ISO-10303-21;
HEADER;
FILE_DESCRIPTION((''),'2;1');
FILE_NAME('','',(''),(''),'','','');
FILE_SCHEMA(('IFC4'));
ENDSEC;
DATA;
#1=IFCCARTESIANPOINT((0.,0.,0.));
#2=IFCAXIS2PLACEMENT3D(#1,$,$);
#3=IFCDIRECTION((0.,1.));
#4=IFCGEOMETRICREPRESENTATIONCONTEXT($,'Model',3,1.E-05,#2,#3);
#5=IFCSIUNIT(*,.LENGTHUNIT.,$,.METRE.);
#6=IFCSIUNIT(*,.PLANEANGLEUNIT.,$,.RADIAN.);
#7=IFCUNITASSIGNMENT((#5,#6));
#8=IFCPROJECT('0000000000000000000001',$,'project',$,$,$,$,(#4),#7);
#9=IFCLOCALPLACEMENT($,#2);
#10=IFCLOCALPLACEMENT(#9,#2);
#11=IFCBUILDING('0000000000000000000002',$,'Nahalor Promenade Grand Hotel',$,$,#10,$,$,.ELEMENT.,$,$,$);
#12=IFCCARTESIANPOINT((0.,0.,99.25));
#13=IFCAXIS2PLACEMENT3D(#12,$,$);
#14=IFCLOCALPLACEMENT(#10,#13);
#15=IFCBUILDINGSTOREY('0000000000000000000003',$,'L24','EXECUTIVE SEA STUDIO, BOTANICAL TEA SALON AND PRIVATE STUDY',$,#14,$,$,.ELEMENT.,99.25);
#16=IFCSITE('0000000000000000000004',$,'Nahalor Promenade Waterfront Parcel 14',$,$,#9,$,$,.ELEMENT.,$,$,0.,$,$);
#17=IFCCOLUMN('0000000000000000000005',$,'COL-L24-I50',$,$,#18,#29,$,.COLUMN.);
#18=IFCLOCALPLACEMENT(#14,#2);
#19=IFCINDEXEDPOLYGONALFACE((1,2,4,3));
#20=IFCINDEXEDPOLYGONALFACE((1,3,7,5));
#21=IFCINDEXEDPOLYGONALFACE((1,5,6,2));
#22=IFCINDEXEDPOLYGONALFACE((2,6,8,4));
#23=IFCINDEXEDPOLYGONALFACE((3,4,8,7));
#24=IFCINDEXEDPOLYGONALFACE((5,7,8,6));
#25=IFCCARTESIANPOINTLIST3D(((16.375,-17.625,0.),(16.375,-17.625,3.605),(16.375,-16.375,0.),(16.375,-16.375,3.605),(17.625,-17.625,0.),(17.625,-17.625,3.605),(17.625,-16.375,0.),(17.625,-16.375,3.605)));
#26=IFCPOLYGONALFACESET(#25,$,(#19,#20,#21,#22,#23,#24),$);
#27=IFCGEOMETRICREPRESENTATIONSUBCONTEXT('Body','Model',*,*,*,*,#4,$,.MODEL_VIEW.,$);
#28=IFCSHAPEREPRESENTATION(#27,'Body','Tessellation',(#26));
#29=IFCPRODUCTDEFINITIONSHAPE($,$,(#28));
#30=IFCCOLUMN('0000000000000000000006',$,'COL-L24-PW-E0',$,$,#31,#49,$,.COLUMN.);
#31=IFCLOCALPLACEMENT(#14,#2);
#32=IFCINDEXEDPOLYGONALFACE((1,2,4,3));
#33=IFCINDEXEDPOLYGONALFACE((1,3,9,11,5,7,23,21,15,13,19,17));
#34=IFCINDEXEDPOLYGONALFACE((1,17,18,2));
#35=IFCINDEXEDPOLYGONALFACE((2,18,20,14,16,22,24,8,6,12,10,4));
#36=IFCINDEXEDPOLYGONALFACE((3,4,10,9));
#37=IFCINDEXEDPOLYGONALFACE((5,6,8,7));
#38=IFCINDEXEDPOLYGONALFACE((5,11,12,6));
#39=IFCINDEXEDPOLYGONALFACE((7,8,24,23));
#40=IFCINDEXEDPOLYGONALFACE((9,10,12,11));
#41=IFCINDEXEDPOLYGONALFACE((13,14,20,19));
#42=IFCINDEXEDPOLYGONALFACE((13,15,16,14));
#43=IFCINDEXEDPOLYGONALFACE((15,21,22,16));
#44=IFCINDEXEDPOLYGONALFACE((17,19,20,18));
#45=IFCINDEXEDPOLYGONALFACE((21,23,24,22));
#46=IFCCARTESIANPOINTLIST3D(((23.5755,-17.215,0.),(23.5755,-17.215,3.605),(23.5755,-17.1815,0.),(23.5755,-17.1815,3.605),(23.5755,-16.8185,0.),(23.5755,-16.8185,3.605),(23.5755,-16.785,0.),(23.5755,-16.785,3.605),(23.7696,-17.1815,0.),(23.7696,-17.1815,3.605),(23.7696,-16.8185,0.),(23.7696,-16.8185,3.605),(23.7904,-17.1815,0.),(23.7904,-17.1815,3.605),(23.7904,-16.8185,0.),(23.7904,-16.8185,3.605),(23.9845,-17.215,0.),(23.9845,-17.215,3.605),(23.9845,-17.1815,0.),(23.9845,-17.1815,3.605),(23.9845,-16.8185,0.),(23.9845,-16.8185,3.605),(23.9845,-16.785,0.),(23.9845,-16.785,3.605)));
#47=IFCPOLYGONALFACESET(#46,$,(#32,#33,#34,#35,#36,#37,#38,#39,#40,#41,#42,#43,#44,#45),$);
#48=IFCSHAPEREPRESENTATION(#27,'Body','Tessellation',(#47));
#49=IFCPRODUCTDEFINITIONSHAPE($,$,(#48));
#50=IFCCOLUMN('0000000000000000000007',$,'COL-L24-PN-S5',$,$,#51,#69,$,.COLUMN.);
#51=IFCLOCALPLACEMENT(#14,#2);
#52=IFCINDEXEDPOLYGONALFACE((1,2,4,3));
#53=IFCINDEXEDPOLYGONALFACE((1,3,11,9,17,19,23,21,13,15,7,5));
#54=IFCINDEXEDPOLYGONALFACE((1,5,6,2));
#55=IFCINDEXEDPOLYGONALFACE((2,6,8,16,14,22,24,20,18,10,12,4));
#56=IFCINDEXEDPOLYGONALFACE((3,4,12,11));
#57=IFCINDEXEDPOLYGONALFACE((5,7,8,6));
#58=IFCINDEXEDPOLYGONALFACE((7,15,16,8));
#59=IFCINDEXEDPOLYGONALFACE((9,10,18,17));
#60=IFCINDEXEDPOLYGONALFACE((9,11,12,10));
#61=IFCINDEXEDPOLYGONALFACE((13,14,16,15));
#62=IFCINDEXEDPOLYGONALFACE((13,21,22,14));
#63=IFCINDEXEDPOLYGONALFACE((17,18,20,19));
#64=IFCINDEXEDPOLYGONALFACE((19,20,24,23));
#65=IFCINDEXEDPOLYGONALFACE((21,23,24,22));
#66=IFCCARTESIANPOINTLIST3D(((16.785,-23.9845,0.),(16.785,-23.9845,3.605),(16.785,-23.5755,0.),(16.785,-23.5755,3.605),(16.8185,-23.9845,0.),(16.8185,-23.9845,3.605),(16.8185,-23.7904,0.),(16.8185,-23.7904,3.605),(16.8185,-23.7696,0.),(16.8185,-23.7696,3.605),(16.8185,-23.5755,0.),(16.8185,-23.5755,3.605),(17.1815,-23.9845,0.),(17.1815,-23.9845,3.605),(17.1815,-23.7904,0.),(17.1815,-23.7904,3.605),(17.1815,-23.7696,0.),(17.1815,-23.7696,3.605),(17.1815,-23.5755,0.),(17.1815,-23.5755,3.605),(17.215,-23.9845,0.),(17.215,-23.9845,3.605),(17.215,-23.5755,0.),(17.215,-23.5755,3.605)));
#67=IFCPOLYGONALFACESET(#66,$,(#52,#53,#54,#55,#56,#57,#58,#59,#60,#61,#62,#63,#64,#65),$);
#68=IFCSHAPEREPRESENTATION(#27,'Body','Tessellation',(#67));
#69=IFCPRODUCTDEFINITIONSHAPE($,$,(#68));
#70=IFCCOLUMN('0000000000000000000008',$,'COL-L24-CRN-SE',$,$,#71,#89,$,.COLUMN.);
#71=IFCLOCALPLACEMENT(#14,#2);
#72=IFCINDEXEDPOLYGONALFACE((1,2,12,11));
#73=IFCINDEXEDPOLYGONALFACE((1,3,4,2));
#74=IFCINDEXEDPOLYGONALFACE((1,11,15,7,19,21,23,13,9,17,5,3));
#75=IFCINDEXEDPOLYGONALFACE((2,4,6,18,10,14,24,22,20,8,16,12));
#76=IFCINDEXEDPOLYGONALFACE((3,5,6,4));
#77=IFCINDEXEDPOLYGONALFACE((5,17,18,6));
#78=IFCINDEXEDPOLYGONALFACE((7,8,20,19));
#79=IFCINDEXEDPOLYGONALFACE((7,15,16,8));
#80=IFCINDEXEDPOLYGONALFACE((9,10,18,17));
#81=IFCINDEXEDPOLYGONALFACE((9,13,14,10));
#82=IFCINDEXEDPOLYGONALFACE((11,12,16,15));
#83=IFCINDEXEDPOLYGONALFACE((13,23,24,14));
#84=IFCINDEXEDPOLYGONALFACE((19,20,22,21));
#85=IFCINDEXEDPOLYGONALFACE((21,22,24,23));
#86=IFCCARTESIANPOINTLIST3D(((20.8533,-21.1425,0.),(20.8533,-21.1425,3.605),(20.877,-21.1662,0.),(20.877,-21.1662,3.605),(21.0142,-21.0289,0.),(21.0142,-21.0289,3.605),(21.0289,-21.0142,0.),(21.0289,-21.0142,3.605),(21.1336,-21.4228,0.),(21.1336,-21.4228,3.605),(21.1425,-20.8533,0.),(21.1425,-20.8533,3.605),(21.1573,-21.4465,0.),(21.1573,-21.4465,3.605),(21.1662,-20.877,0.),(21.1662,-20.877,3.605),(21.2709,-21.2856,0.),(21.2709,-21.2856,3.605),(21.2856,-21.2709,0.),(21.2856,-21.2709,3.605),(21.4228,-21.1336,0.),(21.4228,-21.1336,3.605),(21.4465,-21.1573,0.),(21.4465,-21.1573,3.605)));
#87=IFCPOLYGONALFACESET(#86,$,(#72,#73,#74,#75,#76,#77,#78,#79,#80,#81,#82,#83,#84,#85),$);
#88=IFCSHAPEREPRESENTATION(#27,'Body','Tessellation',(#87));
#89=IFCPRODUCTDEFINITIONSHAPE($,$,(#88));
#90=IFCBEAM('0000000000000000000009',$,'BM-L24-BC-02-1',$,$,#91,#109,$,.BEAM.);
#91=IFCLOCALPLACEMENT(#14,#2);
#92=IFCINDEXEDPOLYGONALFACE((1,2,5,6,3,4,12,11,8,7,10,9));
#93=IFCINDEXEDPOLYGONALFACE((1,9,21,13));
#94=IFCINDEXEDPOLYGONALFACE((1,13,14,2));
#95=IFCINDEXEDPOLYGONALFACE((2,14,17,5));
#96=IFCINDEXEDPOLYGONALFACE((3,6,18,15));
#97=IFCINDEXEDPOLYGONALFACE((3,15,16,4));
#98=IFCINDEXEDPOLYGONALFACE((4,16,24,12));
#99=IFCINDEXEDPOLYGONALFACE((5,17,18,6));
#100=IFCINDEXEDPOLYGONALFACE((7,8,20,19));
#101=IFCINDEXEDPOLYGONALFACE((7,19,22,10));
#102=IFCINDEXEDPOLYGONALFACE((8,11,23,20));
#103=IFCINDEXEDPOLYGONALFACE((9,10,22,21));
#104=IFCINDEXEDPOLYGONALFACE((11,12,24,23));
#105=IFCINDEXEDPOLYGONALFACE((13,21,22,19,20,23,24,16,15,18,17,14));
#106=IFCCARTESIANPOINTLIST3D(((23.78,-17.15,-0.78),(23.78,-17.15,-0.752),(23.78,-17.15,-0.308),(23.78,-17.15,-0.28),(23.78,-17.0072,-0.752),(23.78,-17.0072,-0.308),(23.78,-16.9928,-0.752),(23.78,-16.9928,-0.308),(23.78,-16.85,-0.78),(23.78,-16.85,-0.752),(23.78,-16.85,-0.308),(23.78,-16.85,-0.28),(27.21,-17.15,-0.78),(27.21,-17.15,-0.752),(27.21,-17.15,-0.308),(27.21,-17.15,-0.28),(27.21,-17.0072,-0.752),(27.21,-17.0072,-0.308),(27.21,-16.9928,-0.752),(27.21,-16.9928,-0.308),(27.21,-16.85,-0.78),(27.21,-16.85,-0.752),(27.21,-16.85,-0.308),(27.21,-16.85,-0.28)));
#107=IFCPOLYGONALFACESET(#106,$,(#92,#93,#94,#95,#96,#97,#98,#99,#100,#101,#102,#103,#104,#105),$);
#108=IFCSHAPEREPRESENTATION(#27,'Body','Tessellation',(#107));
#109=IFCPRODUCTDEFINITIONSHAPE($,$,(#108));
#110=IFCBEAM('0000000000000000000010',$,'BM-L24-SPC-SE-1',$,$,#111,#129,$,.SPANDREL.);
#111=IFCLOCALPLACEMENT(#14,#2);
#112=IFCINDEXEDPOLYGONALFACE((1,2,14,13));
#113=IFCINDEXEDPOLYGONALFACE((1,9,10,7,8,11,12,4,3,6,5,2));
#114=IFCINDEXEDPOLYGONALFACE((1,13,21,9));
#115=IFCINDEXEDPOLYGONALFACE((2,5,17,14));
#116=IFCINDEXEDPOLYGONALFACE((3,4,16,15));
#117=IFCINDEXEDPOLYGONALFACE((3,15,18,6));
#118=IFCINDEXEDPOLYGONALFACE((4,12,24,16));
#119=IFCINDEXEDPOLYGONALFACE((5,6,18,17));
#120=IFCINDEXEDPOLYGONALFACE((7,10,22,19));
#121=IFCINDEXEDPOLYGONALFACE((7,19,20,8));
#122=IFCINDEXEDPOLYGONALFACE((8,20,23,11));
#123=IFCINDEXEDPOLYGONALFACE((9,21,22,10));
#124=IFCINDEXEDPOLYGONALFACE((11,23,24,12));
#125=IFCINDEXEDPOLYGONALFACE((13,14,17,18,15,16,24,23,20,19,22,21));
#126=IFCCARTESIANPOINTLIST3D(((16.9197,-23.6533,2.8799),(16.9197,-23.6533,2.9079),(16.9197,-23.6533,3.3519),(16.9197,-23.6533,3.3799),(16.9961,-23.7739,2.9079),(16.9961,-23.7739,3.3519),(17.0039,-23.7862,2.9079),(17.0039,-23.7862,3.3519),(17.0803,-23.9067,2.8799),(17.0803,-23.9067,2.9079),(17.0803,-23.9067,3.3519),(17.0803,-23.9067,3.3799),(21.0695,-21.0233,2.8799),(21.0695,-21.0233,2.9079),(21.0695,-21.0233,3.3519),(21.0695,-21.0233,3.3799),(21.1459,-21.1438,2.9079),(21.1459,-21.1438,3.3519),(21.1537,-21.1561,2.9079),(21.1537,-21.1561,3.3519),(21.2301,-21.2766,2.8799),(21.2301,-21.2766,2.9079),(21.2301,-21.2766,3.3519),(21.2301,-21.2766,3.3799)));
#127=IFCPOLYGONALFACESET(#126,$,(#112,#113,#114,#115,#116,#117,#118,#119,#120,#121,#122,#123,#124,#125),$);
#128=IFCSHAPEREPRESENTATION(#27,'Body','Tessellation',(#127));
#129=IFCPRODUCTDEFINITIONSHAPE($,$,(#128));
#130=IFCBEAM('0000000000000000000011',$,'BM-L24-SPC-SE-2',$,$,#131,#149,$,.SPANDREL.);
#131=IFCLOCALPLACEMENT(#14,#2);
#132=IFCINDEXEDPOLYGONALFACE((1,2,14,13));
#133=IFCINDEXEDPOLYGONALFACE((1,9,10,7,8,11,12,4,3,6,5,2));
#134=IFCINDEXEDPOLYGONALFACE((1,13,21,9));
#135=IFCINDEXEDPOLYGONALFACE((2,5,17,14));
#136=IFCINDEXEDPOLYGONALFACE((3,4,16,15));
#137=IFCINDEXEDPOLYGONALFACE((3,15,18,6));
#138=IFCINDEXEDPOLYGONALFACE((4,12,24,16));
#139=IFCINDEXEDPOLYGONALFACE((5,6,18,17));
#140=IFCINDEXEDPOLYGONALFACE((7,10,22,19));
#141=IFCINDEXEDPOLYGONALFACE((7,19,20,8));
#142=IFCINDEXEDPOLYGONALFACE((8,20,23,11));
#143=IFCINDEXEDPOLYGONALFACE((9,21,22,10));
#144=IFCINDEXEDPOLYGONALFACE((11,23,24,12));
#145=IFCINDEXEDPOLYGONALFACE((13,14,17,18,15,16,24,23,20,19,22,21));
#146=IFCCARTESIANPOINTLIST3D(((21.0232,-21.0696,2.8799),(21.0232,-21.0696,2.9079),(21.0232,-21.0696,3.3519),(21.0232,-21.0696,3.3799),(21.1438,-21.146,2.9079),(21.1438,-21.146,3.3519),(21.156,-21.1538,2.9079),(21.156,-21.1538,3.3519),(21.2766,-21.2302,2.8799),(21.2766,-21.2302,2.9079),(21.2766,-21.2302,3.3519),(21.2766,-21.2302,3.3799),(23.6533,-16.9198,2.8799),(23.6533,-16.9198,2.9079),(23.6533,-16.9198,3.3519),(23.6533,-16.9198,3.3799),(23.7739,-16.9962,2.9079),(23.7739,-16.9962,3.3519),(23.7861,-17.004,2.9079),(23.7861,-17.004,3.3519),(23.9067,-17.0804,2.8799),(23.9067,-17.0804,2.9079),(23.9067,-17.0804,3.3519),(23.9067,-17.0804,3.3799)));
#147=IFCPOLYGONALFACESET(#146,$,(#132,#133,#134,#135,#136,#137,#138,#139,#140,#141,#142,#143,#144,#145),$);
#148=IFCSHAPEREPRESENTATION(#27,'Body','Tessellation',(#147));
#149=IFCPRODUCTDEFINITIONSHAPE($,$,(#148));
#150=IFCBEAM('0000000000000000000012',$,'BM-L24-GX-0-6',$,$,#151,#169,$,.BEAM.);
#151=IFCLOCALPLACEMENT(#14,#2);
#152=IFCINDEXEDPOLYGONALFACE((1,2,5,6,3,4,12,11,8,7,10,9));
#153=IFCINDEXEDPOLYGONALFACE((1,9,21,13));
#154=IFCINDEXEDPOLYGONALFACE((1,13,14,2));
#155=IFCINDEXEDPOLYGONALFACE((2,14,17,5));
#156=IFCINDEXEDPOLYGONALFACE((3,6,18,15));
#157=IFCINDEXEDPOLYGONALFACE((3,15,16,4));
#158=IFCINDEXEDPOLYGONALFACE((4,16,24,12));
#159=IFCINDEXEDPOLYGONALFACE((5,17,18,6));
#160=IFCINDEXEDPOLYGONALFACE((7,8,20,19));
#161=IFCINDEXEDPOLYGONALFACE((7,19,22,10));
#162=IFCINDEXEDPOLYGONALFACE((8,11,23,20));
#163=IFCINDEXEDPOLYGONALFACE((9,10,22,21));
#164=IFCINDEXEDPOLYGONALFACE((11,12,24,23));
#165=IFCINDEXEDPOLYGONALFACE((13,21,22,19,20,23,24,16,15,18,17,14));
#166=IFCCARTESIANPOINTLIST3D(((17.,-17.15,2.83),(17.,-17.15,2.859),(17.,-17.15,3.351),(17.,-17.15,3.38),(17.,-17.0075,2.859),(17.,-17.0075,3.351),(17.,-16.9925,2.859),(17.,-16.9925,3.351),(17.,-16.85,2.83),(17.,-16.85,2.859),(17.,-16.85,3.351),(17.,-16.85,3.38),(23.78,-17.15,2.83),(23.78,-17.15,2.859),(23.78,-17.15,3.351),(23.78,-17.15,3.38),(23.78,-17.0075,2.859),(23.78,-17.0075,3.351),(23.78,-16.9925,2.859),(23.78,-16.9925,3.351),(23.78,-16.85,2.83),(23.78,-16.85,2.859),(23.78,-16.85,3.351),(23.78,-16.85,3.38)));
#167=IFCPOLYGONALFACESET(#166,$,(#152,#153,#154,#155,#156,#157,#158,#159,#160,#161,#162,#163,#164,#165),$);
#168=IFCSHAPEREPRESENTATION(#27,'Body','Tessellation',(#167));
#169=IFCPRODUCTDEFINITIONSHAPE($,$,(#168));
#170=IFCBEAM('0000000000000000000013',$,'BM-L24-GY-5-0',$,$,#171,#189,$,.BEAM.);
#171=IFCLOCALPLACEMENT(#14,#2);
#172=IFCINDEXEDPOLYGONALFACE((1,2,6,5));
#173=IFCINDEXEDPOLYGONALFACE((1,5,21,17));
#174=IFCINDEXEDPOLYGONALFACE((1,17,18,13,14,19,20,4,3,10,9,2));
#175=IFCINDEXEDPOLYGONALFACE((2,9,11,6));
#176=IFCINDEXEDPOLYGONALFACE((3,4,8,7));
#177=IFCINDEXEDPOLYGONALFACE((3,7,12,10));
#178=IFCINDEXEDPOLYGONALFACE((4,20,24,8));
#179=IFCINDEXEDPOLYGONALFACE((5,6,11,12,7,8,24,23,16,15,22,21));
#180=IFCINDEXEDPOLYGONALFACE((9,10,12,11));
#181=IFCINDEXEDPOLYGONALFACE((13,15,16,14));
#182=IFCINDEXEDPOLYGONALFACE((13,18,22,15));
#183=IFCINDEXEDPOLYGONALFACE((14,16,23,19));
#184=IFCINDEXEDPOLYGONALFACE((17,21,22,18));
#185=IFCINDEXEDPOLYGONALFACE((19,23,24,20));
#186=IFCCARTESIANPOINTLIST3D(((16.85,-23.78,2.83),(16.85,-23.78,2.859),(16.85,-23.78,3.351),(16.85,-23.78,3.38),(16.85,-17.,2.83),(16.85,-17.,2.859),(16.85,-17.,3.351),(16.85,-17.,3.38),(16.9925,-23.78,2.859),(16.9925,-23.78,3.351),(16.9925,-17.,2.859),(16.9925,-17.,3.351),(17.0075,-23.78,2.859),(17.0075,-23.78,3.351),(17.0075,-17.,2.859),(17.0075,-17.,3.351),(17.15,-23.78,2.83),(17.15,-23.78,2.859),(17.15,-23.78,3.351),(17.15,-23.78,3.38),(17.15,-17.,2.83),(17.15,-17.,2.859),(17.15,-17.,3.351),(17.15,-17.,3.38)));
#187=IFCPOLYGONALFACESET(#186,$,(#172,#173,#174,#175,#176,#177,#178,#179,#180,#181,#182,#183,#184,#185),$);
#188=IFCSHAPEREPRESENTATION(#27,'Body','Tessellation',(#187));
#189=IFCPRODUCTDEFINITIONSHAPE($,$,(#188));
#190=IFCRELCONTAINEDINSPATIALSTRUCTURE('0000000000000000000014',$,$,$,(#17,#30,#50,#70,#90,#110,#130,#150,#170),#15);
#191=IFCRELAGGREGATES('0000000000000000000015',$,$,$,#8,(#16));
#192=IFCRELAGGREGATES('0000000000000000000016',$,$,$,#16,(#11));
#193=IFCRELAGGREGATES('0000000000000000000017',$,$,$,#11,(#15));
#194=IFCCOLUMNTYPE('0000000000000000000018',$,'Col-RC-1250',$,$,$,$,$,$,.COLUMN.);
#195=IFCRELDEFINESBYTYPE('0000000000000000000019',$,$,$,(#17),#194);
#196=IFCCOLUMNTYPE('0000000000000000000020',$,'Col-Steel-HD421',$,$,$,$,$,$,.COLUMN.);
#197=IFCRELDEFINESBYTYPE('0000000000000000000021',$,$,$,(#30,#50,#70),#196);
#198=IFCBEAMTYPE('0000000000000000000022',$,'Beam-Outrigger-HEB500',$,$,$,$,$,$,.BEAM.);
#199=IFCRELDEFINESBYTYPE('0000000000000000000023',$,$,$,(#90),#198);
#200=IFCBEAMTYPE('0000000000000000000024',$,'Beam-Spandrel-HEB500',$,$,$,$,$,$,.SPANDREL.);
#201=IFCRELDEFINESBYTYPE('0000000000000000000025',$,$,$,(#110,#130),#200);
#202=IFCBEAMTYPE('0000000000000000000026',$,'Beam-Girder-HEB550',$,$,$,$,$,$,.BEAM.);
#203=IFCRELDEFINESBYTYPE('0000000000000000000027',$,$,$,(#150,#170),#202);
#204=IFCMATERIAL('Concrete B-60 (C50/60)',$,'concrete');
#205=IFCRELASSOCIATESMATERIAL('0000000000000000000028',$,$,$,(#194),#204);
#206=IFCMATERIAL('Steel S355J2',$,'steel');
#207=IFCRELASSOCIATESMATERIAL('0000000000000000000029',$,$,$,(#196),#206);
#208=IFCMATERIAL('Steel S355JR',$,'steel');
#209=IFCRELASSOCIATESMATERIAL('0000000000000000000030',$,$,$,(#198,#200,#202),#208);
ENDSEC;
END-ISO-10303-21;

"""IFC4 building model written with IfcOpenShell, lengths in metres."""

from ifc_helpers import new_model, si_unit, direction, frame, origin, origin_2d, place, context, subcontext, project, spatial, rectangle, i_section, extrude, source, transform, mapped, material, material_profile, profile_set, type_object, element, save


model = new_model("IFC4")

# Units and contexts
model_context = context("Model", 3, precision=1e-05, world=origin(), true_north=direction((0.0, 1.0)))
body_context = subcontext(model_context, "Body", "Model", "MODEL_VIEW")
ifc_project = project(units=[si_unit("LENGTHUNIT", "METRE"), si_unit("PLANEANGLEUNIT", "RADIAN")], contexts=[model_context])

# Site, building, storey
site_placement = place(None, origin())
site = spatial("IfcSite", under=ifc_project, at=site_placement, Name="Nahalor Promenade Waterfront Parcel 14", CompositionType="ELEMENT", RefElevation=0.0)
building_placement = place(site_placement, origin())
building = spatial("IfcBuilding", under=site, at=building_placement, Name="Nahalor Promenade Grand Hotel", CompositionType="ELEMENT")
storey_placement = place(building_placement, frame((0.0, 0.0, 99.25)))
storey = spatial("IfcBuildingStorey", under=building, at=storey_placement, Name="L24", Description="EXECUTIVE SEA STUDIO, BOTANICAL TEA SALON AND PRIVATE STUDY", CompositionType="ELEMENT", Elevation=99.25)

# Columns
ifc_material_1 = material(Name="Concrete B-60 (C50/60)", Category="concrete")
ifc_material_profile_1 = material_profile(ifc_material_1, rectangle(XDim=1.25, YDim=1.25, at=origin_2d()), Name="RC 1250x1250")
ifc_profile_set_1 = profile_set([ifc_material_profile_1], Name="Concrete B-60 (C50/60)")
column_type_1 = type_object("IfcColumnType", Name="Col-RC-1250", PredefinedType="COLUMN", material=ifc_profile_set_1)
shared_shape_1 = source(origin(), body_context, "Body", "SweptSolid", [
    extrude(rectangle(XDim=1.25, YDim=1.25, at=origin_2d()), origin(), (0.0, 0.0, 1.0), 3.605),
])
column_placement = place(storey_placement, frame((17.0, -17.0, 0.0), z_axis=(0.0, 0.0, 1.0), x_axis=(1.0, 0.0, 0.0)))
element("IfcColumn", 1, at=column_placement, inside=storey, type_object=column_type_1, Name="COL-L24-I50", PredefinedType="COLUMN", context=body_context, shape_type="MappedRepresentation", body=[
    mapped(shared_shape_1, transform((0.0, 0.0, 0.0), scale=1.0)),
])
ifc_material_2 = material(Name="Steel S355J2", Category="steel")
ifc_material_profile_2 = material_profile(ifc_material_2, i_section(OverallWidth=0.409, OverallDepth=0.43, WebThickness=0.0208, FlangeThickness=0.0335, at=origin_2d()), Name="HD 400x421")
ifc_profile_set_2 = profile_set([ifc_material_profile_2], Name="Steel S355J2")
column_type_2 = type_object("IfcColumnType", Name="Col-Steel-HD421", PredefinedType="COLUMN", material=ifc_profile_set_2)
shared_shape_2 = source(origin(), body_context, "Body", "SweptSolid", [
    extrude(i_section(OverallWidth=0.409, OverallDepth=0.43, WebThickness=0.0208, FlangeThickness=0.0335, at=origin_2d()), origin(), (0.0, 0.0, 1.0), 3.605),
])
for number, where, z_axis, x_axis, name in (
    (2, (23.78, -17.0, 0.0), (0.0, 0.0, 1.0), (1.0, 0.0, 0.0), "COL-L24-PW-E0"),
    (3, (17.0, -23.78, 0.0), (0.0, 0.0, 1.0), (0.0, 1.0, 0.0), "COL-L24-PN-S5"),
    (4, (21.1499, -21.1499, 0.0), (0.0, 0.0, 1.0), (0.707107, 0.707107, 0.0), "COL-L24-CRN-SE"),
):
    element("IfcColumn", number, at=place(storey_placement, frame(where, z_axis=z_axis, x_axis=x_axis)), inside=storey, type_object=column_type_2, Name=name, PredefinedType="COLUMN", context=body_context, shape_type="MappedRepresentation", body=[
        mapped(shared_shape_2, transform((0.0, 0.0, 0.0), scale=1.0)),
    ])

# Beams
ifc_material_3 = material(Name="Steel S355JR", Category="steel")
ifc_material_profile_3 = material_profile(ifc_material_3, i_section(OverallWidth=0.3, OverallDepth=0.5, WebThickness=0.0145, FlangeThickness=0.028, at=origin_2d()), Name="HEB 500")
ifc_profile_set_3 = profile_set([ifc_material_profile_3], Name="Steel S355JR")
beam_type_1 = type_object("IfcBeamType", Name="Beam-Outrigger-HEB500", PredefinedType="BEAM", material=ifc_profile_set_3)
shared_shape_3 = source(origin(), body_context, "Body", "SweptSolid", [
    extrude(i_section(OverallWidth=0.3, OverallDepth=0.5, WebThickness=0.0145, FlangeThickness=0.028, at=origin_2d()), origin(), (0.0, 0.0, 1.0), 3.4299),
])
beam_1_placement = place(storey_placement, frame((23.78, -17.0, -0.53), z_axis=(1.0, 0.0, 0.0), x_axis=(0.0, 1.0, 0.0)))
element("IfcBeam", 5, at=beam_1_placement, inside=storey, type_object=beam_type_1, Name="BM-L24-BC-02-1", PredefinedType="BEAM", context=body_context, shape_type="MappedRepresentation", body=[
    mapped(shared_shape_3, transform((0.0, 0.0, 0.0), scale=1.0)),
])
ifc_material_profile_4 = material_profile(ifc_material_3, i_section(OverallWidth=0.3, OverallDepth=0.5, WebThickness=0.0145, FlangeThickness=0.028, at=origin_2d()), Name="HEB 500")
ifc_profile_set_4 = profile_set([ifc_material_profile_4], Name="Steel S355JR")
beam_type_2 = type_object("IfcBeamType", Name="Beam-Spandrel-HEB500", PredefinedType="SPANDREL", material=ifc_profile_set_4)
shared_shape_4 = source(origin(), body_context, "Body", "SweptSolid", [
    extrude(i_section(OverallWidth=0.3, OverallDepth=0.5, WebThickness=0.0145, FlangeThickness=0.028, at=origin_2d()), origin(), (0.0, 0.0, 1.0), 4.9131),
])
for number, where, z_axis, x_axis, name in (
    (6, (17.0, -23.78, 3.1299), (0.844648, 0.535322, 0.0), (-0.535322, 0.844648, 0.0), "BM-L24-SPC-SE-1"),
    (7, (21.1499, -21.1499, 3.1299), (0.535322, 0.844648, 0.0), (-0.844648, 0.535322, 0.0), "BM-L24-SPC-SE-2"),
):
    element("IfcBeam", number, at=place(storey_placement, frame(where, z_axis=z_axis, x_axis=x_axis)), inside=storey, type_object=beam_type_2, Name=name, PredefinedType="SPANDREL", context=body_context, shape_type="MappedRepresentation", body=[
        mapped(shared_shape_4, transform((0.0, 0.0, 0.0), scale=1.0)),
    ])
ifc_material_profile_5 = material_profile(ifc_material_3, i_section(OverallWidth=0.3, OverallDepth=0.55, WebThickness=0.015, FlangeThickness=0.029, at=origin_2d()), Name="HEB 550")
ifc_profile_set_5 = profile_set([ifc_material_profile_5], Name="Steel S355JR")
beam_type_3 = type_object("IfcBeamType", Name="Beam-Girder-HEB550", PredefinedType="BEAM", material=ifc_profile_set_5)
shared_shape_5 = source(origin(), body_context, "Body", "SweptSolid", [
    extrude(i_section(OverallWidth=0.3, OverallDepth=0.55, WebThickness=0.015, FlangeThickness=0.029, at=origin_2d()), origin(), (0.0, 0.0, 1.0), 6.78),
])
for number, where, z_axis, x_axis, name in (
    (8, (17.0, -17.0, 3.105), (1.0, 0.0, 0.0), (0.0, 1.0, 0.0), "BM-L24-GX-0-6"),
    (9, (17.0, -23.78, 3.105), (0.0, 1.0, 0.0), (-1.0, 0.0, 0.0), "BM-L24-GY-5-0"),
):
    element("IfcBeam", number, at=place(storey_placement, frame(where, z_axis=z_axis, x_axis=x_axis)), inside=storey, type_object=beam_type_3, Name=name, PredefinedType="BEAM", context=body_context, shape_type="MappedRepresentation", body=[
        mapped(shared_shape_5, transform((0.0, 0.0, 0.0), scale=1.0)),
    ])

save(model, "model.ifc")
